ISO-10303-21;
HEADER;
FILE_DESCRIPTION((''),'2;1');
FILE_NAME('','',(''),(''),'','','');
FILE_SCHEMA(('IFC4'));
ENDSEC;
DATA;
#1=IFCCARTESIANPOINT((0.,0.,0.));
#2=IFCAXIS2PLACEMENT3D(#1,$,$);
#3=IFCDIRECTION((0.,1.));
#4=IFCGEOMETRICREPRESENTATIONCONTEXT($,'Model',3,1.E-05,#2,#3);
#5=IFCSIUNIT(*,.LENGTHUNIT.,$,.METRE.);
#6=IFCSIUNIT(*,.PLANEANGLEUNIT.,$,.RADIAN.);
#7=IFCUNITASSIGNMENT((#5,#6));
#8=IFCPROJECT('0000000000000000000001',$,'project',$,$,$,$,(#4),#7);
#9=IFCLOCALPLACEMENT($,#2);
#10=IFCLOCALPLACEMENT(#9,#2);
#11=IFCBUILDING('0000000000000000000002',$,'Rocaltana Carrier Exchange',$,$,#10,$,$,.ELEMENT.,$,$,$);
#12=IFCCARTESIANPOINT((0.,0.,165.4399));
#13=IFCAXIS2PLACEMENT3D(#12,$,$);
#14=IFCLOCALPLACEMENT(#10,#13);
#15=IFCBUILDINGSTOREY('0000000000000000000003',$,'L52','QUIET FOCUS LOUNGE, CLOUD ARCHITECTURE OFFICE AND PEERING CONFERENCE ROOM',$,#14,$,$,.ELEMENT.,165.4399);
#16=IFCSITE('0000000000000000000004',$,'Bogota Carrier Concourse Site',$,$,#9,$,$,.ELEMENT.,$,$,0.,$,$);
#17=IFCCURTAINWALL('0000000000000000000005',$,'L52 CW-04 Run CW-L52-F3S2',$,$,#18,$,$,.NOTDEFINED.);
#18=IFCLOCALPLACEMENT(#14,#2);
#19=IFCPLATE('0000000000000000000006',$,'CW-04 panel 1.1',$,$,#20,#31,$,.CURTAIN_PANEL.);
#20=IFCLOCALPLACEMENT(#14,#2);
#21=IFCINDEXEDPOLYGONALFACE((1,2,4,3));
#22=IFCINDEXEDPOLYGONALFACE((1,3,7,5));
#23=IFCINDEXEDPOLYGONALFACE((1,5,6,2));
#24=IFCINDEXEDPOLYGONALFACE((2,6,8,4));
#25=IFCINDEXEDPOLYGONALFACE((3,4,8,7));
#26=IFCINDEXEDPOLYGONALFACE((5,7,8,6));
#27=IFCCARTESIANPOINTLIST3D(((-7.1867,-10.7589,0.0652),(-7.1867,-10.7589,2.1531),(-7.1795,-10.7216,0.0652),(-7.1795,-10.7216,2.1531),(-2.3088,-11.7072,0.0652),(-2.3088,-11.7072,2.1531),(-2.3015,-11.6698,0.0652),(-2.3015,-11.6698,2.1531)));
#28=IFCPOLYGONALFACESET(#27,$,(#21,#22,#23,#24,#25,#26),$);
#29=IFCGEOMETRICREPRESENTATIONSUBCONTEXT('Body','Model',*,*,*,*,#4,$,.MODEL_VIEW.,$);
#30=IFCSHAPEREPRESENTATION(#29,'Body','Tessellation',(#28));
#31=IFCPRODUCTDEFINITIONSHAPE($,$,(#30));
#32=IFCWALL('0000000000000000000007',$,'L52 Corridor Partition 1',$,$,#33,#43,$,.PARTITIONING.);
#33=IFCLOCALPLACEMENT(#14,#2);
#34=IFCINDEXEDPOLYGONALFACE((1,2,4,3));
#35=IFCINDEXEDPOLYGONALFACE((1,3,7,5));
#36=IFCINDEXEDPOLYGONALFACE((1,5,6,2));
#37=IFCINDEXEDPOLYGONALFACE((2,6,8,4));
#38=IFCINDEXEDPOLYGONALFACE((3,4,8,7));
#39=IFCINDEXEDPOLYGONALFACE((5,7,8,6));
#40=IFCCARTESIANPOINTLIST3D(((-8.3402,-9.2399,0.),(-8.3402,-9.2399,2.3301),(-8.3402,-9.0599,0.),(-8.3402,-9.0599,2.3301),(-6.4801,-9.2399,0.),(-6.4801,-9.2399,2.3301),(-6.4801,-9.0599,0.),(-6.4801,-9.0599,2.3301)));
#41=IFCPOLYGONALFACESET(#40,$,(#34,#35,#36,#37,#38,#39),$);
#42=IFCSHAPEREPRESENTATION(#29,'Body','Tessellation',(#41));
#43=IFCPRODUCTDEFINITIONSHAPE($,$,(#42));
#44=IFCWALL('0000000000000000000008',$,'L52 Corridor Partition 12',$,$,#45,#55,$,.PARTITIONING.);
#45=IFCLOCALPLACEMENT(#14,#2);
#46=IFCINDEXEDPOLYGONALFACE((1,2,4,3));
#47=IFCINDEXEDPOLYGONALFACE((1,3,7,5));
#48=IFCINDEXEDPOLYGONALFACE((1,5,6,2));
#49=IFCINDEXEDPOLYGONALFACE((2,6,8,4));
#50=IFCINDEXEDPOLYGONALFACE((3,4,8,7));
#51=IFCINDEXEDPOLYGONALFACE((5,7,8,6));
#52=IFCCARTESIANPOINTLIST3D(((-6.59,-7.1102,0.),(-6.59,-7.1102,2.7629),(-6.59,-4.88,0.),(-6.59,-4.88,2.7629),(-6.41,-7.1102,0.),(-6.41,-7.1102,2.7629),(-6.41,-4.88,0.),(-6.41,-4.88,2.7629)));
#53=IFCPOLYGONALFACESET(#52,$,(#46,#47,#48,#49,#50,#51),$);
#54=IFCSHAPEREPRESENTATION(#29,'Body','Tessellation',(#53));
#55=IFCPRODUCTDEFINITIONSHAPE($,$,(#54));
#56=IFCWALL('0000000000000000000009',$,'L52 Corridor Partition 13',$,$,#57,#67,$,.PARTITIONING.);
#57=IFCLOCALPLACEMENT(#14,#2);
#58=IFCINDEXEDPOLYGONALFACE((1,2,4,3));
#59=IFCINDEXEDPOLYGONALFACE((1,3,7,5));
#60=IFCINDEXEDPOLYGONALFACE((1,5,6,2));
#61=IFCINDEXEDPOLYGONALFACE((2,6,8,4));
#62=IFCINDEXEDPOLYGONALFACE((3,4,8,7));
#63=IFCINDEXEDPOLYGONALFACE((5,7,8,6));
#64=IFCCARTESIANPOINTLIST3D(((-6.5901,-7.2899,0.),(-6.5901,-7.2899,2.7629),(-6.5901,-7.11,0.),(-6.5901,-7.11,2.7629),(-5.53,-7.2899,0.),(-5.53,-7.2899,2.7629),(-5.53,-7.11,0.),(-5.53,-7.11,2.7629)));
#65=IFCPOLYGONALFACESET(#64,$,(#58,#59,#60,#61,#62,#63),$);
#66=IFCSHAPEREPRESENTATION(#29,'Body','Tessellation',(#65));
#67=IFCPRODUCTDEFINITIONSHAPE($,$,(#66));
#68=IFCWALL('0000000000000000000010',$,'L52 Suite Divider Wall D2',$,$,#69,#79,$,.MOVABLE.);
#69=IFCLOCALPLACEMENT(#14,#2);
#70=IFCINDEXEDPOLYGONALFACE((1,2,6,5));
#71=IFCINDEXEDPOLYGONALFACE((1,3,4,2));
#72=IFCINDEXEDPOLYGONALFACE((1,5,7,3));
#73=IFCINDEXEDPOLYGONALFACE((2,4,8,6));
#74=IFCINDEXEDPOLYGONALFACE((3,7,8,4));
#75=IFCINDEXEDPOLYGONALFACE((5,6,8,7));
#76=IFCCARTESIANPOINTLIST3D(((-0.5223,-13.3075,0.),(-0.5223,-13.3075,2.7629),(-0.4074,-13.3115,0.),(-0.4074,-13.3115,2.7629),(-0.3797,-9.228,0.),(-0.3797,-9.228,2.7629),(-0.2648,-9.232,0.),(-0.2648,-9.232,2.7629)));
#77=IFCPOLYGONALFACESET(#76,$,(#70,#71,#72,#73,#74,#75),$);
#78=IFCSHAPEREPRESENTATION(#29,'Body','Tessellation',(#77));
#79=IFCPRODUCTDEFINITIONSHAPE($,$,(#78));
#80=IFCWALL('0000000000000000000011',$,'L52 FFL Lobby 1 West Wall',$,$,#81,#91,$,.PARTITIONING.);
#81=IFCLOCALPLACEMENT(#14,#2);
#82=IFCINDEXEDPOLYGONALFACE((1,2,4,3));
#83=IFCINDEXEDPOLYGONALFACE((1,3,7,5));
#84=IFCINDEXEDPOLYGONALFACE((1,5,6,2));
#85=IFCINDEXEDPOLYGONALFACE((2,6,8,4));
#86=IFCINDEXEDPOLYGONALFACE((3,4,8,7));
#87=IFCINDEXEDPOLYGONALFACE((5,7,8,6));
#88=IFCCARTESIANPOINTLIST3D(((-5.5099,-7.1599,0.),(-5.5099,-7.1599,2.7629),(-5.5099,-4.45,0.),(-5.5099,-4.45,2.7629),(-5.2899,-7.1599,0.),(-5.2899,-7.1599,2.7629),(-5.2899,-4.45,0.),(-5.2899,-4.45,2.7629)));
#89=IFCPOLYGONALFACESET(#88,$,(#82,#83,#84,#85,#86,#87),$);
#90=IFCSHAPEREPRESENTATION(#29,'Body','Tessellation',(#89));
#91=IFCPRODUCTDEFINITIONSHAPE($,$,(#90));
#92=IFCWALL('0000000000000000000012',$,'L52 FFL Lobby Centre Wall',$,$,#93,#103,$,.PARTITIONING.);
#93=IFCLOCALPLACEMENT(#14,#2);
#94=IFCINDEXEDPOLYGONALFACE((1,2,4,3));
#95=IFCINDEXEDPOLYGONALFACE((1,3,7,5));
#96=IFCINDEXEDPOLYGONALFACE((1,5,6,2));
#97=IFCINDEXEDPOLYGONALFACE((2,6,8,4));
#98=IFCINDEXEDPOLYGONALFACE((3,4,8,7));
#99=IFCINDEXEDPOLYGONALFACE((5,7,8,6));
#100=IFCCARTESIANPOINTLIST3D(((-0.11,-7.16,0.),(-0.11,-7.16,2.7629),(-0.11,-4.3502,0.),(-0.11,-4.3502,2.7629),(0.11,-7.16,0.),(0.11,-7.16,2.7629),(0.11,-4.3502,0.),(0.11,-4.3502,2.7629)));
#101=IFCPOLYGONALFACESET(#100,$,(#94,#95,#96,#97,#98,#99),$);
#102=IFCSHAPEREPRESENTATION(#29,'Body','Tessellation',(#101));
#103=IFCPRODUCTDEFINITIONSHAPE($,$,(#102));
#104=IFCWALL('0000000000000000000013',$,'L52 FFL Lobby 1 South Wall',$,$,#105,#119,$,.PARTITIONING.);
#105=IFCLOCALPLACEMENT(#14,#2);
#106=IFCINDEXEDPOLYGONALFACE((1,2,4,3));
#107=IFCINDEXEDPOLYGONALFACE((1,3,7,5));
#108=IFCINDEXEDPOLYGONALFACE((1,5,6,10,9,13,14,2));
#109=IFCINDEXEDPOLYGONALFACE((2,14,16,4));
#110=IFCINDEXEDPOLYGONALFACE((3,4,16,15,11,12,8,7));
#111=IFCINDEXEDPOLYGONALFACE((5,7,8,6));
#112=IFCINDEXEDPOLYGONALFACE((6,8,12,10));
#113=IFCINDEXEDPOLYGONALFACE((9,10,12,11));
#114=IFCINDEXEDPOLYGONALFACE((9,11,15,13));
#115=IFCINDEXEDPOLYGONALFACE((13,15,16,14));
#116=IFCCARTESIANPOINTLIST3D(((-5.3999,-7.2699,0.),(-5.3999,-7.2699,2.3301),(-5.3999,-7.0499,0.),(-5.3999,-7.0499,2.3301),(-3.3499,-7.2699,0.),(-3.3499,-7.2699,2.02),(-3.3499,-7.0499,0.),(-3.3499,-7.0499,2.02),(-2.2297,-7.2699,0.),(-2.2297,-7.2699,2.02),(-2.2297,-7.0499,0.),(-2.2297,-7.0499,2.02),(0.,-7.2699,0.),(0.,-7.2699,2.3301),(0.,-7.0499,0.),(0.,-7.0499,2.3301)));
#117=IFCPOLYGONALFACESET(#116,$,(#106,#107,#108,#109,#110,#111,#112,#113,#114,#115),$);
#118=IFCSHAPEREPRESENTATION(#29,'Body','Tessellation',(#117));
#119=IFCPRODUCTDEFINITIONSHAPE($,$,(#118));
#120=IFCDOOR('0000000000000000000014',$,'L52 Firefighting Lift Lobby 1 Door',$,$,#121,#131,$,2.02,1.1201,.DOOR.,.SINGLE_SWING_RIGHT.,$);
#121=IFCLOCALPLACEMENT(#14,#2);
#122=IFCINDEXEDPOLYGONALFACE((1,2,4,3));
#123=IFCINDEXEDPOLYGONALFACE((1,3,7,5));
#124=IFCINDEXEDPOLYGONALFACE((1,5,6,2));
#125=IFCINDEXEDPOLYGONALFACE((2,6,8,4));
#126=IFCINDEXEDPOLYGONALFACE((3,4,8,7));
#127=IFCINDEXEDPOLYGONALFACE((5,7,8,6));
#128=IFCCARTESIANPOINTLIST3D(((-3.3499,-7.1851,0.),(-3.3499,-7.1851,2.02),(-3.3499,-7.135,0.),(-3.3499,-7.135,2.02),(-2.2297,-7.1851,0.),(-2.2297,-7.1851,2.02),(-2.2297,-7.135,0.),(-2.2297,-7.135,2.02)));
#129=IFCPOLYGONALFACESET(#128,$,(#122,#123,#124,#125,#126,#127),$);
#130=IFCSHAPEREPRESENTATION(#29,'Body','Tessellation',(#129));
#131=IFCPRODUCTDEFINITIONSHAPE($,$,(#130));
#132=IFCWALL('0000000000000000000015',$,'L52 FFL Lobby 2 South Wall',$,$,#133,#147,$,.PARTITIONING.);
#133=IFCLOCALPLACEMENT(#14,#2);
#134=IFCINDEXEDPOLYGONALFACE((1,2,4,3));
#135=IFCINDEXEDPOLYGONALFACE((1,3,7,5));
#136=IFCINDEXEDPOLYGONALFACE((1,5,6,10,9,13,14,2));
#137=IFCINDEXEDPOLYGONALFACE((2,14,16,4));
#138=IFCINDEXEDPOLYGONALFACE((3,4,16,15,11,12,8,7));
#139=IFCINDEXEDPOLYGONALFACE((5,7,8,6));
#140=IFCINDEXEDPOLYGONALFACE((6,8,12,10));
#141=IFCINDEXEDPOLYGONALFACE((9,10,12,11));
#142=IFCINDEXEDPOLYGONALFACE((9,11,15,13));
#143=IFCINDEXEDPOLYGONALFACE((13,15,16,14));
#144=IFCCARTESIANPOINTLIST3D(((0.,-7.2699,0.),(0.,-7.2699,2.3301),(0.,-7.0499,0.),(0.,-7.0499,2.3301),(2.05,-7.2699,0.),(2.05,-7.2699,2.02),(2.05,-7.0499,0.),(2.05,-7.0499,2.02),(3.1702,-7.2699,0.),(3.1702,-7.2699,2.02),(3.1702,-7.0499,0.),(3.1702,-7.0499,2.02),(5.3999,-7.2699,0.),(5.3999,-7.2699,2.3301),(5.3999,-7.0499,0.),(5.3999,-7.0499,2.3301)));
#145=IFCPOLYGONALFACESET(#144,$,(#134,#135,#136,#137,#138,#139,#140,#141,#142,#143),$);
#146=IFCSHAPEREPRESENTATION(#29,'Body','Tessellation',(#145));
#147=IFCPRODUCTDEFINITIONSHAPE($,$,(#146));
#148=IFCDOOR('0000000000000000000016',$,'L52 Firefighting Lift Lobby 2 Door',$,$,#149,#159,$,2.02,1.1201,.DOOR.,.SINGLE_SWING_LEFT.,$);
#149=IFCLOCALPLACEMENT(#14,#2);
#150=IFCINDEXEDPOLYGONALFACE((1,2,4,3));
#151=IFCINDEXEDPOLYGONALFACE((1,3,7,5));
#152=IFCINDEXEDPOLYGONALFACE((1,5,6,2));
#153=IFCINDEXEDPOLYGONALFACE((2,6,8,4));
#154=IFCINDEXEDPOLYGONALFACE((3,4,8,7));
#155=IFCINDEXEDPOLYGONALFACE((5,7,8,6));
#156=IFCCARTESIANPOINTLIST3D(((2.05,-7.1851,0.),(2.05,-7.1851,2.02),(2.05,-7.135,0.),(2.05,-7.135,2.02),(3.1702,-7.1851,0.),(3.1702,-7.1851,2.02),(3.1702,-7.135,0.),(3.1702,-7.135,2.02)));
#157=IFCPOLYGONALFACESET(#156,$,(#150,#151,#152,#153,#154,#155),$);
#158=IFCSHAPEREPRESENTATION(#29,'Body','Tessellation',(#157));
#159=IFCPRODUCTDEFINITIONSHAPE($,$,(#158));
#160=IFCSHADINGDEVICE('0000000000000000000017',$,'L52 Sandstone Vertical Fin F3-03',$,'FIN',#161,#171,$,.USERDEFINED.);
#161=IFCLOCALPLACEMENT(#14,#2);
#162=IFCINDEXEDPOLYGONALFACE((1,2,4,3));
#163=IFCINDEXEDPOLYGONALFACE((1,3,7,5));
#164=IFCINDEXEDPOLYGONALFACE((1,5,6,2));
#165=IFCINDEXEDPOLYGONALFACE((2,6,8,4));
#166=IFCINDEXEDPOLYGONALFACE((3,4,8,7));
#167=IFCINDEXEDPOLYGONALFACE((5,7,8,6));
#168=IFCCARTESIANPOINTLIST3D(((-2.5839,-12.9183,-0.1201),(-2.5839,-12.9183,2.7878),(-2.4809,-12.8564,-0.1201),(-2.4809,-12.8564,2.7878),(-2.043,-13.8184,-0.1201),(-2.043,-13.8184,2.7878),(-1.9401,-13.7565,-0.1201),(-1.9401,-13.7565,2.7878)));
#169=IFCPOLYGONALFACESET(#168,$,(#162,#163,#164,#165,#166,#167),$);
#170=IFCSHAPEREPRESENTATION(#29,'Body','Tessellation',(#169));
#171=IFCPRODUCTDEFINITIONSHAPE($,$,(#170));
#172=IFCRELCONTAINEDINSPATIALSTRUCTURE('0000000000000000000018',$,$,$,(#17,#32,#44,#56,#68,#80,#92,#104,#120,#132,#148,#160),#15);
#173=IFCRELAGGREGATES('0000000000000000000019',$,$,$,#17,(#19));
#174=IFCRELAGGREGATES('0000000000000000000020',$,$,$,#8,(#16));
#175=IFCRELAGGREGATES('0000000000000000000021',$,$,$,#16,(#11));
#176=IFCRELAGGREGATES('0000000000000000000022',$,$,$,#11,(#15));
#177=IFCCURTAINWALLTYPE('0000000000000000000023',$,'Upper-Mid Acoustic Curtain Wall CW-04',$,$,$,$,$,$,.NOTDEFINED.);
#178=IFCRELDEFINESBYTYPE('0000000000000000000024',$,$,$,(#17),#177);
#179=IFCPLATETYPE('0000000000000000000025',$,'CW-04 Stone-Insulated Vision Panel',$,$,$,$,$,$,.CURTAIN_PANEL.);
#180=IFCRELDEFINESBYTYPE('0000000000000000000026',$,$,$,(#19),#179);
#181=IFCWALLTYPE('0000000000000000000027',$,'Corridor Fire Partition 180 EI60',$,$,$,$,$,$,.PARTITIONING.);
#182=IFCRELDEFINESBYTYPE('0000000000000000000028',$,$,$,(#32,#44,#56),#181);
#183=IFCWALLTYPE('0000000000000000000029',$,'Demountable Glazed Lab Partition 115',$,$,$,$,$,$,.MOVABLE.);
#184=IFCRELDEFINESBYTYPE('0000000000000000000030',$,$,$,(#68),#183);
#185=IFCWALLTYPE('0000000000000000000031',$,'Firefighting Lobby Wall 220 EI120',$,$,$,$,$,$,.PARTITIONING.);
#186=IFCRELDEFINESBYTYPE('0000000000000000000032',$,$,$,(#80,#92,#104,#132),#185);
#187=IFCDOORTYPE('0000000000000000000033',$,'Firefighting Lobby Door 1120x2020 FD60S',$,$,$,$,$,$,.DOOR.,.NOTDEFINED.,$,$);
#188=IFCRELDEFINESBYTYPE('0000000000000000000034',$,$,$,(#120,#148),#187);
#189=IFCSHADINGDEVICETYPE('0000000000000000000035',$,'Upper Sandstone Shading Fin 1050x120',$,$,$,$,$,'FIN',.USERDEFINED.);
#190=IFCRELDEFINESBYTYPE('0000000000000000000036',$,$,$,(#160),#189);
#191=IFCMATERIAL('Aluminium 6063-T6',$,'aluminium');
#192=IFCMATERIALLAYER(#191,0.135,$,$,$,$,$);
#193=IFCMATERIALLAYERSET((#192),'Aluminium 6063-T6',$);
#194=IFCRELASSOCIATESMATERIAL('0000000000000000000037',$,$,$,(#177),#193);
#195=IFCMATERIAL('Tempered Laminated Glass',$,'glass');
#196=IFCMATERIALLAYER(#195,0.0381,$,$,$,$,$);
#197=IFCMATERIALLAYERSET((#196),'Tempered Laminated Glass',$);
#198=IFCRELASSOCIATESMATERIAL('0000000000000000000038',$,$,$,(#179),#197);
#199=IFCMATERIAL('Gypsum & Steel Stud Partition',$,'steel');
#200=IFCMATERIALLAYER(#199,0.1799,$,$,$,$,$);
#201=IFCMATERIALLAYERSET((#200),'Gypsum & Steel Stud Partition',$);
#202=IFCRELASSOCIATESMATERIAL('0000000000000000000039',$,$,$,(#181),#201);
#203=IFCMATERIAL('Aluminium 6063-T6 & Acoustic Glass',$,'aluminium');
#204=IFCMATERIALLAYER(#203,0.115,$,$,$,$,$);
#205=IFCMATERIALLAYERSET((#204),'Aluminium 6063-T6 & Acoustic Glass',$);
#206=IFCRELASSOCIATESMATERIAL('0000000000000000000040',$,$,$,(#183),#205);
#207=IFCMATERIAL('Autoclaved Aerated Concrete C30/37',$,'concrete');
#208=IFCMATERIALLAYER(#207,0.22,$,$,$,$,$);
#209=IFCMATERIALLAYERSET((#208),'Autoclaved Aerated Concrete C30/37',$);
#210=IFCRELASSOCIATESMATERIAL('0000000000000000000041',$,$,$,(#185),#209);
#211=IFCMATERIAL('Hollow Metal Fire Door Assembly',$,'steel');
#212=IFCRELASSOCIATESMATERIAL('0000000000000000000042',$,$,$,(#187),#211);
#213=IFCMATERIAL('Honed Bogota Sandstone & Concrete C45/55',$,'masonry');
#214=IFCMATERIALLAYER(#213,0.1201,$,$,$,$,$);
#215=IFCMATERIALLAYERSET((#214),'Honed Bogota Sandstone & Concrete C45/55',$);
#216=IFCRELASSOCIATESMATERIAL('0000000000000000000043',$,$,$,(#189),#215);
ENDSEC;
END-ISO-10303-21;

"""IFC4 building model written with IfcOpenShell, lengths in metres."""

from ifc_helpers import new_model, si_unit, direction, frame, frame_2d, origin, origin_2d, place, context, subcontext, project, spatial, rectangle, extrude, material, layer, layer_set, type_object, element, fill, aggregate, save


model = new_model("IFC4")

# Units and contexts
model_context = context("Model", 3, precision=1e-05, world=origin(), true_north=direction((0.0, 1.0)))
body_context = subcontext(model_context, "Body", "Model", "MODEL_VIEW")
ifc_project = project(units=[si_unit("LENGTHUNIT", "METRE"), si_unit("PLANEANGLEUNIT", "RADIAN")], contexts=[model_context])

# Site, building, storey
site_placement = place(None, origin())
site = spatial("IfcSite", under=ifc_project, at=site_placement, Name="Bogota Carrier Concourse Site", CompositionType="ELEMENT", RefElevation=0.0)
building_placement = place(site_placement, origin())
building = spatial("IfcBuilding", under=site, at=building_placement, Name="Rocaltana Carrier Exchange", CompositionType="ELEMENT")
storey_placement = place(building_placement, frame((0.0, 0.0, 165.4399)))
storey = spatial("IfcBuildingStorey", under=building, at=storey_placement, Name="L52", Description="QUIET FOCUS LOUNGE, CLOUD ARCHITECTURE OFFICE AND PEERING CONFERENCE ROOM", CompositionType="ELEMENT", Elevation=165.4399)

# Curtain wall
ifc_material_1 = material(Name="Aluminium 6063-T6", Category="aluminium")
ifc_layer_1 = layer(ifc_material_1, 0.135)
ifc_layer_set_1 = layer_set([ifc_layer_1], Name="Aluminium 6063-T6")
curtain_wall_type = type_object("IfcCurtainWallType", Name="Upper-Mid Acoustic Curtain Wall CW-04", PredefinedType="NOTDEFINED", material=ifc_layer_set_1)
curtain_wall_placement = place(storey_placement, origin())
curtain_wall = element("IfcCurtainWall", 1, at=curtain_wall_placement, inside=storey, type_object=curtain_wall_type, Name="L52 CW-04 Run CW-L52-F3S2", PredefinedType="NOTDEFINED")

# Plate
ifc_material_2 = material(Name="Tempered Laminated Glass", Category="glass")
ifc_layer_2 = layer(ifc_material_2, 0.0381)
ifc_layer_set_2 = layer_set([ifc_layer_2], Name="Tempered Laminated Glass")
plate_type = type_object("IfcPlateType", Name="CW-04 Stone-Insulated Vision Panel", PredefinedType="CURTAIN_PANEL", material=ifc_layer_set_2)
plate_placement = place(storey_placement, frame((-4.7441, -11.2144, 0.0652), z_axis=(0.0, 0.0, 1.0), x_axis=(0.981626, -0.190815, 0.0)))
plate = element("IfcPlate", 2, at=plate_placement, type_object=plate_type, Name="CW-04 panel 1.1", PredefinedType="CURTAIN_PANEL", context=body_context, shape_type="SweptSolid", body=[
    extrude(rectangle(XDim=4.9692, YDim=0.0381, at=origin_2d()), origin(), (0.0, 0.0, 1.0), 2.0879),
])
aggregate(curtain_wall, [plate])

# Walls
ifc_material_3 = material(Name="Gypsum & Steel Stud Partition", Category="steel")
ifc_layer_3 = layer(ifc_material_3, 0.1799)
ifc_layer_set_3 = layer_set([ifc_layer_3], Name="Gypsum & Steel Stud Partition")
wall_type_1 = type_object("IfcWallType", Name="Corridor Fire Partition 180 EI60", PredefinedType="PARTITIONING", material=ifc_layer_set_3)
wall_1_placement = place(storey_placement, frame((-6.48, -9.1499, 0.0), z_axis=(0.0, 0.0, 1.0), x_axis=(-1.0, 0.0, 0.0)))
element("IfcWall", 3, at=wall_1_placement, inside=storey, type_object=wall_type_1, Name="L52 Corridor Partition 1", PredefinedType="PARTITIONING", context=body_context, shape_type="SweptSolid", body=[
    extrude(rectangle(XDim=1.8601, YDim=0.1799, at=frame_2d((0.9302, 0.0))), origin(), (0.0, 0.0, 1.0), 2.3301),
])
wall_2_placement = place(storey_placement, frame((-6.5, -4.8799, 0.0), z_axis=(0.0, 0.0, 1.0), x_axis=(0.0, -1.0, 0.0)))
element("IfcWall", 4, at=wall_2_placement, inside=storey, type_object=wall_type_1, Name="L52 Corridor Partition 12", PredefinedType="PARTITIONING", context=body_context, shape_type="SweptSolid", body=[
    extrude(rectangle(XDim=2.2302, YDim=0.1799, at=frame_2d((1.1152, 0.0))), origin(), (0.0, 0.0, 1.0), 2.7629),
])
wall_3_placement = place(storey_placement, frame((-6.5901, -7.2, 0.0), z_axis=(0.0, 0.0, 1.0), x_axis=(1.0, 0.0, 0.0)))
element("IfcWall", 5, at=wall_3_placement, inside=storey, type_object=wall_type_1, Name="L52 Corridor Partition 13", PredefinedType="PARTITIONING", context=body_context, shape_type="SweptSolid", body=[
    extrude(rectangle(XDim=1.0601, YDim=0.1799, at=frame_2d((0.53, 0.0))), origin(), (0.0, 0.0, 1.0), 2.7629),
])
ifc_material_4 = material(Name="Aluminium 6063-T6 & Acoustic Glass", Category="aluminium")
ifc_layer_4 = layer(ifc_material_4, 0.115)
ifc_layer_set_4 = layer_set([ifc_layer_4], Name="Aluminium 6063-T6 & Acoustic Glass")
wall_type_2 = type_object("IfcWallType", Name="Demountable Glazed Lab Partition 115", PredefinedType="MOVABLE", material=ifc_layer_set_4)
wall_4_placement = place(storey_placement, frame((-0.3223, -9.23, 0.0), z_axis=(0.0, 0.0, 1.0), x_axis=(-0.034928, -0.99939, 0.0)))
element("IfcWall", 6, at=wall_4_placement, inside=storey, type_object=wall_type_2, Name="L52 Suite Divider Wall D2", PredefinedType="MOVABLE", context=body_context, shape_type="SweptSolid", body=[
    extrude(rectangle(XDim=4.082, YDim=0.115, at=frame_2d((2.041, 0.0))), origin(), (0.0, 0.0, 1.0), 2.7629),
])
ifc_material_5 = material(Name="Autoclaved Aerated Concrete C30/37", Category="concrete")
ifc_layer_5 = layer(ifc_material_5, 0.22)
ifc_layer_set_5 = layer_set([ifc_layer_5], Name="Autoclaved Aerated Concrete C30/37")
wall_type_3 = type_object("IfcWallType", Name="Firefighting Lobby Wall 220 EI120", PredefinedType="PARTITIONING", material=ifc_layer_set_5)
wall_5_placement = place(storey_placement, frame((-5.3999, -7.1599, 0.0), z_axis=(0.0, 0.0, 1.0), x_axis=(0.0, 1.0, 0.0)))
element("IfcWall", 7, at=wall_5_placement, inside=storey, type_object=wall_type_3, Name="L52 FFL Lobby 1 West Wall", PredefinedType="PARTITIONING", context=body_context, shape_type="SweptSolid", body=[
    extrude(rectangle(XDim=2.71, YDim=0.22, at=frame_2d((1.355, 0.0))), origin(), (0.0, 0.0, 1.0), 2.7629),
])
wall_6_placement = place(storey_placement, frame((0.0, -7.1599, 0.0), z_axis=(0.0, 0.0, 1.0), x_axis=(0.0, 1.0, 0.0)))
element("IfcWall", 8, at=wall_6_placement, inside=storey, type_object=wall_type_3, Name="L52 FFL Lobby Centre Wall", PredefinedType="PARTITIONING", context=body_context, shape_type="SweptSolid", body=[
    extrude(rectangle(XDim=2.8098, YDim=0.22, at=frame_2d((1.4048, 0.0))), origin(), (0.0, 0.0, 1.0), 2.7629),
])

# Walls, openings, doors
wall_7_placement = place(storey_placement, frame((-5.3999, -7.1599, 0.0), z_axis=(0.0, 0.0, 1.0), x_axis=(1.0, 0.0, 0.0)))
wall_7 = element("IfcWall", 9, at=wall_7_placement, inside=storey, type_object=wall_type_3, Name="L52 FFL Lobby 1 South Wall", PredefinedType="PARTITIONING", context=body_context, shape_type="SweptSolid", body=[
    extrude(rectangle(XDim=5.3999, YDim=0.22, at=frame_2d((2.7, 0.0))), origin(), (0.0, 0.0, 1.0), 2.3301),
])
opening_1_placement = place(wall_7_placement, frame((2.05, 0.0, 0.0)))
opening_1 = element("IfcOpeningElement", 10, at=opening_1_placement, cuts=wall_7, PredefinedType="OPENING", context=body_context, shape_type="SweptSolid", body=[
    extrude(rectangle(XDim=1.1201, YDim=2.02, at=frame_2d((0.5601, 1.01))), frame((0.0, 0.1199, 0.0), z_axis=(0.0, -1.0, 0.0), x_axis=(1.0, 0.0, 0.0)), (0.0, 0.0, 1.0), 0.24),
])
ifc_material_6 = material(Name="Hollow Metal Fire Door Assembly", Category="steel")
door_type = type_object("IfcDoorType", Name="Firefighting Lobby Door 1120x2020 FD60S", OperationType="NOTDEFINED", PredefinedType="DOOR", material=ifc_material_6)
door_1_placement = place(opening_1_placement, origin())
door_1 = element("IfcDoor", 11, at=door_1_placement, inside=storey, type_object=door_type, Name="L52 Firefighting Lift Lobby 1 Door", OperationType="SINGLE_SWING_RIGHT", OverallHeight=2.02, OverallWidth=1.1201, PredefinedType="DOOR", context=body_context, shape_type="SweptSolid", body=[
    extrude(rectangle(XDim=1.1201, YDim=2.02, at=frame_2d((0.5601, 1.01))), frame((0.0, 0.0249, 0.0), z_axis=(0.0, -1.0, 0.0), x_axis=(1.0, 0.0, 0.0)), (0.0, 0.0, 1.0), 0.05),
])
fill(opening_1, door_1)
wall_8_placement = place(storey_placement, frame((0.0, -7.1599, 0.0), z_axis=(0.0, 0.0, 1.0), x_axis=(1.0, 0.0, 0.0)))
wall_8 = element("IfcWall", 12, at=wall_8_placement, inside=storey, type_object=wall_type_3, Name="L52 FFL Lobby 2 South Wall", PredefinedType="PARTITIONING", context=body_context, shape_type="SweptSolid", body=[
    extrude(rectangle(XDim=5.3999, YDim=0.22, at=frame_2d((2.7, 0.0))), origin(), (0.0, 0.0, 1.0), 2.3301),
])
opening_2_placement = place(wall_8_placement, frame((2.05, 0.0, 0.0)))
opening_2 = element("IfcOpeningElement", 13, at=opening_2_placement, cuts=wall_8, PredefinedType="OPENING", context=body_context, shape_type="SweptSolid", body=[
    extrude(rectangle(XDim=1.1201, YDim=2.02, at=frame_2d((0.5601, 1.01))), frame((0.0, 0.1199, 0.0), z_axis=(0.0, -1.0, 0.0), x_axis=(1.0, 0.0, 0.0)), (0.0, 0.0, 1.0), 0.24),
])
door_2_placement = place(opening_2_placement, origin())
door_2 = element("IfcDoor", 14, at=door_2_placement, inside=storey, type_object=door_type, Name="L52 Firefighting Lift Lobby 2 Door", OperationType="SINGLE_SWING_LEFT", OverallHeight=2.02, OverallWidth=1.1201, PredefinedType="DOOR", context=body_context, shape_type="SweptSolid", body=[
    extrude(rectangle(XDim=1.1201, YDim=2.02, at=frame_2d((0.5601, 1.01))), frame((0.0, 0.0249, 0.0), z_axis=(0.0, -1.0, 0.0), x_axis=(1.0, 0.0, 0.0)), (0.0, 0.0, 1.0), 0.05),
])
fill(opening_2, door_2)

# Shading device
ifc_material_7 = material(Name="Honed Bogota Sandstone & Concrete C45/55", Category="masonry")
ifc_layer_6 = layer(ifc_material_7, 0.1201)
ifc_layer_set_6 = layer_set([ifc_layer_6], Name="Honed Bogota Sandstone & Concrete C45/55")
shading_device_type = type_object("IfcShadingDeviceType", Name="Upper Sandstone Shading Fin 1050x120", ElementType="FIN", PredefinedType="USERDEFINED", material=ifc_layer_set_6)
shading_device_placement = place(storey_placement, frame((-2.262, -13.3374, -0.1201), z_axis=(0.0, 0.0, 1.0), x_axis=(0.515038, -0.857167, 0.0)))
element("IfcShadingDevice", 15, at=shading_device_placement, inside=storey, type_object=shading_device_type, Name="L52 Sandstone Vertical Fin F3-03", ObjectType="FIN", PredefinedType="USERDEFINED", context=body_context, shape_type="SweptSolid", body=[
    extrude(rectangle(XDim=1.05, YDim=0.1201, at=origin_2d()), origin(), (0.0, 0.0, 1.0), 2.908),
])

save(model, "model.ifc")
